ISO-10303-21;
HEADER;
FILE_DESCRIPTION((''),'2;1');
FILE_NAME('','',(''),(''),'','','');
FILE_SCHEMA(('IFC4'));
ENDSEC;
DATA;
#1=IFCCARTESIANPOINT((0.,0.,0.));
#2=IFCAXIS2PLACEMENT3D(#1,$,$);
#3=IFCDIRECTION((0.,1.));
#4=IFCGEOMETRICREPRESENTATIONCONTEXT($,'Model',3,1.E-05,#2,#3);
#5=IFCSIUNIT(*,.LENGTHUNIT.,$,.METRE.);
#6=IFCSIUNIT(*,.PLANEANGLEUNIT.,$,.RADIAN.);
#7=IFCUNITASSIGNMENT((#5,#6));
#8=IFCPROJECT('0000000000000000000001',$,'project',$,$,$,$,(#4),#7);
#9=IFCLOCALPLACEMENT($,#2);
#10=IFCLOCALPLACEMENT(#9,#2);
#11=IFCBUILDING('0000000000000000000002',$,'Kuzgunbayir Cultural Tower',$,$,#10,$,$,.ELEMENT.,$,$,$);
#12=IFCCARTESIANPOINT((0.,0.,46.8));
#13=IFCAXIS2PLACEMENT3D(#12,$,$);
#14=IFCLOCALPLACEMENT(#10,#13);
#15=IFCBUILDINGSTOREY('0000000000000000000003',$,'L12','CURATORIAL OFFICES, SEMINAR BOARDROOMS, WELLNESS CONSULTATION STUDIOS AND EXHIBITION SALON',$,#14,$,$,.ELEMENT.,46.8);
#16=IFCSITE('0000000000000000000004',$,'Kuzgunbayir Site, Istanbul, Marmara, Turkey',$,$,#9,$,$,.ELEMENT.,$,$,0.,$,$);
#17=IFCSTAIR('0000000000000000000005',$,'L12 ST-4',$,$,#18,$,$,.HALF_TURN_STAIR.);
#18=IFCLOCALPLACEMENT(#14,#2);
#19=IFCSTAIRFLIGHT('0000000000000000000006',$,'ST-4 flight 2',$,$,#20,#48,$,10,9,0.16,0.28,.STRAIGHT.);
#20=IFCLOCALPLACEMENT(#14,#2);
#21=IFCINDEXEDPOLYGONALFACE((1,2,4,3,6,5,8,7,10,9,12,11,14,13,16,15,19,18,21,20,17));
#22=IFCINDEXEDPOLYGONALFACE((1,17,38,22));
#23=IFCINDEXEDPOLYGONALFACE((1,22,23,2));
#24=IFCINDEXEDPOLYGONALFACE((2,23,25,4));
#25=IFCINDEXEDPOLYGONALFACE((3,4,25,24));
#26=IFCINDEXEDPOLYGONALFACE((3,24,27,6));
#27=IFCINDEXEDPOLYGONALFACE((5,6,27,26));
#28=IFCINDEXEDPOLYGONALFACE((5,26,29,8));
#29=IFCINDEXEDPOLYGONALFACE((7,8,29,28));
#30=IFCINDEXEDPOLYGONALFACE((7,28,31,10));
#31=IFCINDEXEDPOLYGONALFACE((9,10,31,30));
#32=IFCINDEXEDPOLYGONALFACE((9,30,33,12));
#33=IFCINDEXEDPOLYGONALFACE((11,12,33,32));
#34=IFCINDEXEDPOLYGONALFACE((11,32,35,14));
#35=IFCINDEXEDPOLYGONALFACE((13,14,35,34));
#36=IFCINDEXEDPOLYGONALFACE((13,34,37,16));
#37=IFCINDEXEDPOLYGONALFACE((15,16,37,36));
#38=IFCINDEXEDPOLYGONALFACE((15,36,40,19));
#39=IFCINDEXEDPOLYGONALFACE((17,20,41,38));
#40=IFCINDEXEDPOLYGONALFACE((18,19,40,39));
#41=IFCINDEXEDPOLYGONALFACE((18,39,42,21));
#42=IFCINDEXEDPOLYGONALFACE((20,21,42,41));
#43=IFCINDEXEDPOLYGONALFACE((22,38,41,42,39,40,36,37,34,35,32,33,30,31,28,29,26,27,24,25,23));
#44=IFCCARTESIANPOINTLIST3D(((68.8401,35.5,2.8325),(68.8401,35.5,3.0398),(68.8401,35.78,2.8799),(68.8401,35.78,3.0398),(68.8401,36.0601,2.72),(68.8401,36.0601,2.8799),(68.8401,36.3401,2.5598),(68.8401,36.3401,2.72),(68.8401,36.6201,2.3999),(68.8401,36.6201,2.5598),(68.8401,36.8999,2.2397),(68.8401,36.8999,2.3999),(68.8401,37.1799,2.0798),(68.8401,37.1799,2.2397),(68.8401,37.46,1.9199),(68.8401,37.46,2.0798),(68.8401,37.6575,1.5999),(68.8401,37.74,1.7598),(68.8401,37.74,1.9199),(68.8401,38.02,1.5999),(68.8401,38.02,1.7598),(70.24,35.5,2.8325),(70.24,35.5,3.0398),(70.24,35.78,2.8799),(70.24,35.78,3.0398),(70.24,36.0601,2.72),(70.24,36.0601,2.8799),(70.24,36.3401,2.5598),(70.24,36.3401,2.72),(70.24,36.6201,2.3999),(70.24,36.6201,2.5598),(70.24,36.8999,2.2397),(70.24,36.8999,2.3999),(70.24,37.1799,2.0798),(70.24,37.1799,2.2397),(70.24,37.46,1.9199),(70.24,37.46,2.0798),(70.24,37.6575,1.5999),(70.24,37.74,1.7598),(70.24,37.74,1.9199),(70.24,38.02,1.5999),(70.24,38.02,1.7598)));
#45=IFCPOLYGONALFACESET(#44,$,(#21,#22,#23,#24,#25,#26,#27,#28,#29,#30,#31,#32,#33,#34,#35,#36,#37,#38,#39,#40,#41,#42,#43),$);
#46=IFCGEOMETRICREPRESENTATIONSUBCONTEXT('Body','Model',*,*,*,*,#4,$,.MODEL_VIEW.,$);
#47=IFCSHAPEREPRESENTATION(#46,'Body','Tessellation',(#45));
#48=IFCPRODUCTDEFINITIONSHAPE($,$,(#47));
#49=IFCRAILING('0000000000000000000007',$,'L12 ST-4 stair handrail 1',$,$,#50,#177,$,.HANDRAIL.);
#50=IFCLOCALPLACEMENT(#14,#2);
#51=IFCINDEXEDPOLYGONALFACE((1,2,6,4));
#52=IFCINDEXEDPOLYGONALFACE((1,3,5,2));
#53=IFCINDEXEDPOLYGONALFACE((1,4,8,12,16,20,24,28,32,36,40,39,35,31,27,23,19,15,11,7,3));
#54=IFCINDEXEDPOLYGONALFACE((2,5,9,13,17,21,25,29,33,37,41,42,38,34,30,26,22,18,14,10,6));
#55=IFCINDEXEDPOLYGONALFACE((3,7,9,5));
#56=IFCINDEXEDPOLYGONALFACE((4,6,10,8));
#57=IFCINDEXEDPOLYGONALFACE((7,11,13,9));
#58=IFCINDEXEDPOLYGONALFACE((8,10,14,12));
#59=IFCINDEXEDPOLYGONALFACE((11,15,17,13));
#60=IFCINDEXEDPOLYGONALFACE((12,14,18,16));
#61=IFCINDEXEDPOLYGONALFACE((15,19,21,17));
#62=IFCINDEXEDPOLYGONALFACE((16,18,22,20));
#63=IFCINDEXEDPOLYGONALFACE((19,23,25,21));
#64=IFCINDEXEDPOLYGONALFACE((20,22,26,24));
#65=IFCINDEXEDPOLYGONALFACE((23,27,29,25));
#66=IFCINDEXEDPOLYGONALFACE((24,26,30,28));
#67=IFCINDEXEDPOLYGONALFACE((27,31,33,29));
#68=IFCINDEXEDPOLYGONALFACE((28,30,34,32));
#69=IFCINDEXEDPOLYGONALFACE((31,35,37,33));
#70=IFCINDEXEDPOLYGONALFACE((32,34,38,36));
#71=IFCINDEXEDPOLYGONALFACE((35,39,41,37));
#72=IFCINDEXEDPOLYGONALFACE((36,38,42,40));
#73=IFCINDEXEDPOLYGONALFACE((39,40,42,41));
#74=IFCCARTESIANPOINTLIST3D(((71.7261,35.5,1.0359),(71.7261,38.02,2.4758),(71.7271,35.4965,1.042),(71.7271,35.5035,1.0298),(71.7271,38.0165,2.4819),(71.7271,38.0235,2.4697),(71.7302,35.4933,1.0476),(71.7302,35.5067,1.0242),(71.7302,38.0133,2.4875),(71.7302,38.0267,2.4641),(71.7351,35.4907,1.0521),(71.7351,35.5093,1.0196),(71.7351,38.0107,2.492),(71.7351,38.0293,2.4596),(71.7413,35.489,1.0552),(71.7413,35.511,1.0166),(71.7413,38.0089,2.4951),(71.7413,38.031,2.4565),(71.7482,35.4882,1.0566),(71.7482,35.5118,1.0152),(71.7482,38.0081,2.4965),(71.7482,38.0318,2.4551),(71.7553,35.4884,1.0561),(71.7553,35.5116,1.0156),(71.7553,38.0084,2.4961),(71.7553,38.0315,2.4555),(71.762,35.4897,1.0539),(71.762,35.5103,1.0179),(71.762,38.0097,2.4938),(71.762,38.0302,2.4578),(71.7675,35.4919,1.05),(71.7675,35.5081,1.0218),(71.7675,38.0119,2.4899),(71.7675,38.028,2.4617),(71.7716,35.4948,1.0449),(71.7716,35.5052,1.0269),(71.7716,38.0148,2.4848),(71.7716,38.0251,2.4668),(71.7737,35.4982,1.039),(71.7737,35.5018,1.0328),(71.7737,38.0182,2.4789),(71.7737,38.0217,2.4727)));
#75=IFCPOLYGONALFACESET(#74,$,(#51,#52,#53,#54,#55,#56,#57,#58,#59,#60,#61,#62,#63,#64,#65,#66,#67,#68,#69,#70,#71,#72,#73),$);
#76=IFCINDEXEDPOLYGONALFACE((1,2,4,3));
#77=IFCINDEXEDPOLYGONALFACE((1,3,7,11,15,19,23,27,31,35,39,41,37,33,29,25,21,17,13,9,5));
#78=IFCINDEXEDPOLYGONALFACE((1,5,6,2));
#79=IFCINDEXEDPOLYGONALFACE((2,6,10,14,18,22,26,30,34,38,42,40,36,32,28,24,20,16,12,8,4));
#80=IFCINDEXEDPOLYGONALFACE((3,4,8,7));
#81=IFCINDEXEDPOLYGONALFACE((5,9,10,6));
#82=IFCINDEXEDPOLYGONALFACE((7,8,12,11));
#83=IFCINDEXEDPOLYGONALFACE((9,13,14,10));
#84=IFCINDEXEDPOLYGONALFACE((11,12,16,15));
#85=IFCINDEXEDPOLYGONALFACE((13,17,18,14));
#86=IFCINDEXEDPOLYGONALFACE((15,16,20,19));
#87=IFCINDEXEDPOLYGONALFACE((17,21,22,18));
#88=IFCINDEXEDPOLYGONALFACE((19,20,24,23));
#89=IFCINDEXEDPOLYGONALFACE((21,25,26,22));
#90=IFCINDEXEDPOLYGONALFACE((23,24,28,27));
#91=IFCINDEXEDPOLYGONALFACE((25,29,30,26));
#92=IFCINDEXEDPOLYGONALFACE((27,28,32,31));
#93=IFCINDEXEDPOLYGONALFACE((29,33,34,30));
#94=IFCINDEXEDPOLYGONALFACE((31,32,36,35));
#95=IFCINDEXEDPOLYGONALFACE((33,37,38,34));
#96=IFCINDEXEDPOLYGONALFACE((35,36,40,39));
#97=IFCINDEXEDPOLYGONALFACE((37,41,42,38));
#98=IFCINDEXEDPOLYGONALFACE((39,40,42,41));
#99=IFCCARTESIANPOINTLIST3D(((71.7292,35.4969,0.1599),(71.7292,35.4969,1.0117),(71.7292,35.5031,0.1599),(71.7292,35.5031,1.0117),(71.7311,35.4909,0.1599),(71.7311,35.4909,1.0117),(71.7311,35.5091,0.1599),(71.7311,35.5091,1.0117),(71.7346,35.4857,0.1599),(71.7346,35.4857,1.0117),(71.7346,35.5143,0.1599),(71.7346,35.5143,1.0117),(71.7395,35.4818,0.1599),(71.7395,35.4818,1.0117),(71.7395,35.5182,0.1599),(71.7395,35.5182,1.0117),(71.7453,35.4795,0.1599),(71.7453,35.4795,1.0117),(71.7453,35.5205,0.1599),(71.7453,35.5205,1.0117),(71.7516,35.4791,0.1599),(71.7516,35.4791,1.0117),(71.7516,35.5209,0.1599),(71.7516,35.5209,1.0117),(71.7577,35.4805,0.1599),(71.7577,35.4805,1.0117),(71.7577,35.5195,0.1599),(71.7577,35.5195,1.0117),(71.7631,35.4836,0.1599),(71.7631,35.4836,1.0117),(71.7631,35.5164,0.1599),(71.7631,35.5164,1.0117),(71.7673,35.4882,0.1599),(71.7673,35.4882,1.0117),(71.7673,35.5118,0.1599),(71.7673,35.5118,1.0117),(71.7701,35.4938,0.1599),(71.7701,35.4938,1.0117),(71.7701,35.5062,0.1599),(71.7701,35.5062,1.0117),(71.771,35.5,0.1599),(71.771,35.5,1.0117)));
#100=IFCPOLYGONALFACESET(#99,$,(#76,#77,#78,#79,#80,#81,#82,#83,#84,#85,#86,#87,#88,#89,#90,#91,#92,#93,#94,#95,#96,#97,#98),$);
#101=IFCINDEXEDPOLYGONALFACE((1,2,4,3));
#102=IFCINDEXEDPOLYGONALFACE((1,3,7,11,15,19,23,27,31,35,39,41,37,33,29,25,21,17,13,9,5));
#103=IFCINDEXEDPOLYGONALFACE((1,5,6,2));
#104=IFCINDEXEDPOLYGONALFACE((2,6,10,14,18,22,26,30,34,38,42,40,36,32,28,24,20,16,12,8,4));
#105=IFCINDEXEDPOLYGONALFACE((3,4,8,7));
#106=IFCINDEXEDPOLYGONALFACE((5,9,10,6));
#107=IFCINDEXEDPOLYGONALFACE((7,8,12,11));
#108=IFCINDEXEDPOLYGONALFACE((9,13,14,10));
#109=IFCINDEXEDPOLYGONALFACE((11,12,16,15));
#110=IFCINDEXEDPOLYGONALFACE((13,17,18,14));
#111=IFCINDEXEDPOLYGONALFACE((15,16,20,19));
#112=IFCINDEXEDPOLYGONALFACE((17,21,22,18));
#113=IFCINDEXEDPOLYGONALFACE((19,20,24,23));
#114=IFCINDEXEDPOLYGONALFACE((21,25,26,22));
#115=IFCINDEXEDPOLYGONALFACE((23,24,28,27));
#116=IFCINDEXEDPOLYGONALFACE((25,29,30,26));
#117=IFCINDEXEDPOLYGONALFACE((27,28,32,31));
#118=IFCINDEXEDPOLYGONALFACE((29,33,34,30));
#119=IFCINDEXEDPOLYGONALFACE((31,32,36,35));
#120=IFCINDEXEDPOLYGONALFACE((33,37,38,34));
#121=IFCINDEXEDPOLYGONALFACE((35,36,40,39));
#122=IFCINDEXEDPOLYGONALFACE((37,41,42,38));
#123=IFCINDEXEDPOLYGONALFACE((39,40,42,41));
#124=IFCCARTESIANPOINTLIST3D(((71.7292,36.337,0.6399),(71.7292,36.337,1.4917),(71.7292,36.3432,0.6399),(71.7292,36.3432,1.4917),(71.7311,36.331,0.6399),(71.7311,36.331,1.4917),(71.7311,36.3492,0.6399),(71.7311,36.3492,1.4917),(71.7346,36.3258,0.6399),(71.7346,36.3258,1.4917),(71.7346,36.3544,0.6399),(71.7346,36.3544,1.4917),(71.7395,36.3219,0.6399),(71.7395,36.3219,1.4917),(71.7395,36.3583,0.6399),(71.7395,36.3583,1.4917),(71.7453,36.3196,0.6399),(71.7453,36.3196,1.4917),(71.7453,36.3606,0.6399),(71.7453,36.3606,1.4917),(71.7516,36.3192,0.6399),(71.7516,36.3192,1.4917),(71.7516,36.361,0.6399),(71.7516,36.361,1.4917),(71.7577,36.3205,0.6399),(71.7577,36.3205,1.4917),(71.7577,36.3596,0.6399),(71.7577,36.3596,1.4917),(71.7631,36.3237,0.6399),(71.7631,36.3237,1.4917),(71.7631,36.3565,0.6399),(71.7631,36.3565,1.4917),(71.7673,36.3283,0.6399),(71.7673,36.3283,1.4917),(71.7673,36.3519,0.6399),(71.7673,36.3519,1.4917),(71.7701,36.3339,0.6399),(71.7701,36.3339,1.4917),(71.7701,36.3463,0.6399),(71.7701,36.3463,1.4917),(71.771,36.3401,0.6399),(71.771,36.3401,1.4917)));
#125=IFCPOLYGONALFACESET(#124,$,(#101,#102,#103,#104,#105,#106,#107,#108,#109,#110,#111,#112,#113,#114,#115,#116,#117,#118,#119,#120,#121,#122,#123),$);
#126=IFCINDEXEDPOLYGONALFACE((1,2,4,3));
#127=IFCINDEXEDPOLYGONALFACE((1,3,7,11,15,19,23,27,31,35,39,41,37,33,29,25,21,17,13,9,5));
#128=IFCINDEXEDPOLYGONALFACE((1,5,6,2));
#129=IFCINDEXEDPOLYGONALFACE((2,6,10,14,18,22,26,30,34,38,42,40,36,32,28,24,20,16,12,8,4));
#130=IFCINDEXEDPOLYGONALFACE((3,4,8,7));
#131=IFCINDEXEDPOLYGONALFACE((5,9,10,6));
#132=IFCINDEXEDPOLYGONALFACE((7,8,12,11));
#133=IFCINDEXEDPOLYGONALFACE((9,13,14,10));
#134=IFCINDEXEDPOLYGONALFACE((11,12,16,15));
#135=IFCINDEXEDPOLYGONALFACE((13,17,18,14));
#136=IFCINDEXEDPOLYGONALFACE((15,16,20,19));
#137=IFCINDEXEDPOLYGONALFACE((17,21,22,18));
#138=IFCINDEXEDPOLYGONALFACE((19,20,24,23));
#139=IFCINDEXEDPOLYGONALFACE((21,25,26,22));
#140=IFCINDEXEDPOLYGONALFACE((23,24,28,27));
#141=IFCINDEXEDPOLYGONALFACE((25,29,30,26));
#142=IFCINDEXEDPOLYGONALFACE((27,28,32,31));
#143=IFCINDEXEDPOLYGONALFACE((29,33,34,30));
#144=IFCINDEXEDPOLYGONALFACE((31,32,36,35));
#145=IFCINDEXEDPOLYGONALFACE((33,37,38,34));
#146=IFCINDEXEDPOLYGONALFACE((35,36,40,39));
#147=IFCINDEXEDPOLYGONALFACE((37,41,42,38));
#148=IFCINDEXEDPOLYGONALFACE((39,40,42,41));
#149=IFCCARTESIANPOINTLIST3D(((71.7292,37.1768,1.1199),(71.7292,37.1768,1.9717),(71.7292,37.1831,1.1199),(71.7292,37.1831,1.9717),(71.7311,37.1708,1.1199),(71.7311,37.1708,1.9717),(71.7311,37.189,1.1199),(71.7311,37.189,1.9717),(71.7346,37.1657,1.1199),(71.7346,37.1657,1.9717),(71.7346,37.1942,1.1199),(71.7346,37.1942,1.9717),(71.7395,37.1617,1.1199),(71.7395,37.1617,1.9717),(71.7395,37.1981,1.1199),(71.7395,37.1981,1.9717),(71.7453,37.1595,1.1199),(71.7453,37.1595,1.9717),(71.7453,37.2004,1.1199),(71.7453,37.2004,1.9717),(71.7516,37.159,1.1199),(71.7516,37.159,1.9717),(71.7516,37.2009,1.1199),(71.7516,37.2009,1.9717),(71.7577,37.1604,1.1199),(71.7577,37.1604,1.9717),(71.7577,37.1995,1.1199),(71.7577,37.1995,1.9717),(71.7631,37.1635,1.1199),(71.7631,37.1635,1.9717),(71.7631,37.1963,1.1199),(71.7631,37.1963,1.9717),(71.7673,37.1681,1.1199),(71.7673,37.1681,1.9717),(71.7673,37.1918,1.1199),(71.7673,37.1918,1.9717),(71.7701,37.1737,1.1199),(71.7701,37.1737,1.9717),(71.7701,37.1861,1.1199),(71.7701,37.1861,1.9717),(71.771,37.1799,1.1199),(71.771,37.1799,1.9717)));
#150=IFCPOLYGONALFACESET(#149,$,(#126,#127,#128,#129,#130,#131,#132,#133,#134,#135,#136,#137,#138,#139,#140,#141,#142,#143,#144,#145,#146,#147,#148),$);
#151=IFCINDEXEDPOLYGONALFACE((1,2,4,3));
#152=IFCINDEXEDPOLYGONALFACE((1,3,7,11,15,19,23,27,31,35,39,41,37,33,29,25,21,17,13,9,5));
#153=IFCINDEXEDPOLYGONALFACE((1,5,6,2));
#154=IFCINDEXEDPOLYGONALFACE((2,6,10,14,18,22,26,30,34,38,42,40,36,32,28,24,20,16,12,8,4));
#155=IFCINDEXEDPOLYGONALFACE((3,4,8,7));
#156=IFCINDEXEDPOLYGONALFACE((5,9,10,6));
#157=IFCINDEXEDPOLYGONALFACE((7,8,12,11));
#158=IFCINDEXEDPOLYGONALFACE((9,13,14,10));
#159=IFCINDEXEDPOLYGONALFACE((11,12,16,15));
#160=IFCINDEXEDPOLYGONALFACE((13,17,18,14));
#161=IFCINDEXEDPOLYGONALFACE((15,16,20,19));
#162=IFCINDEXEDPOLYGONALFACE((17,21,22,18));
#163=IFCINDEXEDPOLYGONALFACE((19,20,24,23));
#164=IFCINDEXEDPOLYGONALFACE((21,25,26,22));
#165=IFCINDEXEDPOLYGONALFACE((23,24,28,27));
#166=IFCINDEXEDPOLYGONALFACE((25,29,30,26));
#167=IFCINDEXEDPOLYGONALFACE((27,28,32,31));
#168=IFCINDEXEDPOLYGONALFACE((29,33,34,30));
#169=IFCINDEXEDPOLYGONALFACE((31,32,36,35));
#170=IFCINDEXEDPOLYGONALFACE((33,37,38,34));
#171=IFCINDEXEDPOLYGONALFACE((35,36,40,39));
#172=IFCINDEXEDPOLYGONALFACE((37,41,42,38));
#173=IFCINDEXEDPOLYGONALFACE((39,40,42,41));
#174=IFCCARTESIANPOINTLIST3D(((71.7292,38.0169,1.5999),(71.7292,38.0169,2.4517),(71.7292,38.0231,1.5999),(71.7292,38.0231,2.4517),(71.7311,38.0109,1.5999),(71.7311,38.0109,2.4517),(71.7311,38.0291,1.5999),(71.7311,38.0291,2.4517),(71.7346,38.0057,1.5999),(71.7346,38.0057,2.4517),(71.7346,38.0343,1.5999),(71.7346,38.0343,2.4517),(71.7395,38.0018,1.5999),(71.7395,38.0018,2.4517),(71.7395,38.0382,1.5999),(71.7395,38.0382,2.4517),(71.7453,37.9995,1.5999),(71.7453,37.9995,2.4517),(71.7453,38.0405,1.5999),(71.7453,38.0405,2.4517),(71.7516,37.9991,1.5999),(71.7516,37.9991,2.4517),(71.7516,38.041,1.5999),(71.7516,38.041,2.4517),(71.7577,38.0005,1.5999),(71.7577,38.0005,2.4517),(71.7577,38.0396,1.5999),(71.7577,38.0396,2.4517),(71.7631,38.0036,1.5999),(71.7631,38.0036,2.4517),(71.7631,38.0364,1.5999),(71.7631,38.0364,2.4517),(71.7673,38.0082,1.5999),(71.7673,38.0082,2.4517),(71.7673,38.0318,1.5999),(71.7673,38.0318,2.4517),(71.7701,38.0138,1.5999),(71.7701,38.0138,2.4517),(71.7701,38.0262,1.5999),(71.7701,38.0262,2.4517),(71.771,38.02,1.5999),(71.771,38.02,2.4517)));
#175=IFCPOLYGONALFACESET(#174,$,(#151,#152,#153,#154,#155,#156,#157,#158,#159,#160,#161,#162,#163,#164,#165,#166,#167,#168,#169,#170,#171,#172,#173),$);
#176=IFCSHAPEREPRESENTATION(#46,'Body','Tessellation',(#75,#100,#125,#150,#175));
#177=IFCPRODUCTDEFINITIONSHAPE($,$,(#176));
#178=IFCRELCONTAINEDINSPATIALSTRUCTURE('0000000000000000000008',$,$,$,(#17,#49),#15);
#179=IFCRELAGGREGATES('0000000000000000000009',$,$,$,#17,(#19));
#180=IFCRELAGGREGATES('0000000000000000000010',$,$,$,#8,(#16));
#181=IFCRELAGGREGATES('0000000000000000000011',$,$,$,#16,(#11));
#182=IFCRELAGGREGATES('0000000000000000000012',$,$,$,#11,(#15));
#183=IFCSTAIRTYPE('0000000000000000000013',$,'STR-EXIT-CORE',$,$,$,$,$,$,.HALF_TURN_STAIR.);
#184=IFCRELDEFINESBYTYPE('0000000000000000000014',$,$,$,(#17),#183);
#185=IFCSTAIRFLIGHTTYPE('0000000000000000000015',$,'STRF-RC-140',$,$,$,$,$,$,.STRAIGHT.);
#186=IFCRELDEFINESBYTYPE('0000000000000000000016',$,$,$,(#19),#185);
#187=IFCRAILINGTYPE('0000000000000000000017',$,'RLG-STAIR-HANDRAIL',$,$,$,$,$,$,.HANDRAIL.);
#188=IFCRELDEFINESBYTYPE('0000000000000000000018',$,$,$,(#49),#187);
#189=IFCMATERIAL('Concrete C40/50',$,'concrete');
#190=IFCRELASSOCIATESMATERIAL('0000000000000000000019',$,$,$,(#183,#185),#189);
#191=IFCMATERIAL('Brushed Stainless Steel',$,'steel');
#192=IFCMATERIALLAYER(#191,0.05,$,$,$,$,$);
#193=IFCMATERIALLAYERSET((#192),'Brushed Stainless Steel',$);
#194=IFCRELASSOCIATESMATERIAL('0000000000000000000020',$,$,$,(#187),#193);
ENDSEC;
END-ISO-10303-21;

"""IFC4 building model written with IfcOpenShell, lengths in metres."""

from ifc_helpers import new_model, si_unit, direction, frame, origin, origin_2d, place, context, subcontext, project, spatial, polyline, circle, outline, extrude, material, layer, layer_set, type_object, element, aggregate, save


model = new_model("IFC4")

# Units and contexts
model_context = context("Model", 3, precision=1e-05, world=origin(), true_north=direction((0.0, 1.0)))
body_context = subcontext(model_context, "Body", "Model", "MODEL_VIEW")
ifc_project = project(units=[si_unit("LENGTHUNIT", "METRE"), si_unit("PLANEANGLEUNIT", "RADIAN")], contexts=[model_context])

# Site, building, storey
site_placement = place(None, origin())
site = spatial("IfcSite", under=ifc_project, at=site_placement, Name="Kuzgunbayir Site, Istanbul, Marmara, Turkey", CompositionType="ELEMENT", RefElevation=0.0)
building_placement = place(site_placement, origin())
building = spatial("IfcBuilding", under=site, at=building_placement, Name="Kuzgunbayir Cultural Tower", CompositionType="ELEMENT")
storey_placement = place(building_placement, frame((0.0, 0.0, 46.8)))
storey = spatial("IfcBuildingStorey", under=building, at=storey_placement, Name="L12", Description="CURATORIAL OFFICES, SEMINAR BOARDROOMS, WELLNESS CONSULTATION STUDIOS AND EXHIBITION SALON", CompositionType="ELEMENT", Elevation=46.8)

# Shared definitions
ifc_material_1 = material(Name="Concrete C40/50", Category="concrete")
ifc_material_2 = material(Name="Brushed Stainless Steel", Category="steel")

# Stair, stair flight
stair_type = type_object("IfcStairType", Name="STR-EXIT-CORE", PredefinedType="HALF_TURN_STAIR", material=ifc_material_1)
stair_placement = place(storey_placement, origin())
stair = element("IfcStair", 1, at=stair_placement, inside=storey, type_object=stair_type, Name="L12 ST-4", PredefinedType="HALF_TURN_STAIR")
stair_flight_type = type_object("IfcStairFlightType", Name="STRF-RC-140", PredefinedType="STRAIGHT", material=ifc_material_1)
stair_flight_placement = place(storey_placement, frame((69.54, 38.02, 1.5999), z_axis=(0.0, 0.0, 1.0), x_axis=(0.0, -1.0, 0.0)))
stair_flight = element("IfcStairFlight", 2, at=stair_flight_placement, type_object=stair_flight_type, Name="ST-4 flight 2", NumberOfRisers=10, NumberOfTreads=9, PredefinedType="STRAIGHT", RiserHeight=0.16, TreadLength=0.28, context=body_context, shape_type="SweptSolid", body=[
    extrude(outline(polyline([(0.0, 0.0), (0.0, 0.1599), (0.28, 0.1599), (0.28, 0.3201), (0.5601, 0.3201), (0.5601, 0.48), (0.8401, 0.48), (0.8401, 0.6399), (1.1201, 0.6399), (1.1201, 0.8), (1.3999, 0.8), (1.3999, 0.96), (1.6799, 0.96), (1.6799, 1.1201), (1.96, 1.1201), (1.96, 1.28), (2.24, 1.28), (2.24, 1.4399), (2.52, 1.4399), (2.52, 1.6001), (2.52, 1.2327), (0.3625, 0.0), (0.0, 0.0)])), frame((0.0, 0.7, 0.0), z_axis=(0.0, -1.0, 0.0), x_axis=(1.0, 0.0, 0.0)), (0.0, 0.0, 1.0), 1.3999),
])
aggregate(stair, [stair_flight])

# Railing
ifc_layer_1 = layer(ifc_material_2, 0.05)
ifc_layer_set_1 = layer_set([ifc_layer_1], Name="Brushed Stainless Steel")
railing_type_1 = type_object("IfcRailingType", Name="RLG-STAIR-HANDRAIL", PredefinedType="HANDRAIL", material=ifc_layer_set_1)
railing_1_placement = place(storey_placement, frame((71.75, 35.5, 0.1599)))
element("IfcRailing", 3, at=railing_1_placement, inside=storey, type_object=railing_type_1, Name="L12 ST-4 stair handrail 1", PredefinedType="HANDRAIL", context=body_context, shape_type="SweptSolid", body=[
    extrude(circle(Radius=0.0239, at=origin_2d()), frame((0.0, 0.0, 0.876), z_axis=(0.0, 0.868253, 0.496121), x_axis=(-1.0, 0.0, 0.0)), (0.0, 0.0, 1.0), 2.9023),
    extrude(circle(Radius=0.021, at=origin_2d()), origin(), (0.0, 0.0, 1.0), 0.8518),
    extrude(circle(Radius=0.021, at=origin_2d()), frame((0.0, 0.8401, 0.48)), (0.0, 0.0, 1.0), 0.8518),
    extrude(circle(Radius=0.021, at=origin_2d()), frame((0.0, 1.6799, 0.96)), (0.0, 0.0, 1.0), 0.8518),
    extrude(circle(Radius=0.021, at=origin_2d()), frame((0.0, 2.52, 1.4399)), (0.0, 0.0, 1.0), 0.8518),
])

save(model, "model.ifc")
